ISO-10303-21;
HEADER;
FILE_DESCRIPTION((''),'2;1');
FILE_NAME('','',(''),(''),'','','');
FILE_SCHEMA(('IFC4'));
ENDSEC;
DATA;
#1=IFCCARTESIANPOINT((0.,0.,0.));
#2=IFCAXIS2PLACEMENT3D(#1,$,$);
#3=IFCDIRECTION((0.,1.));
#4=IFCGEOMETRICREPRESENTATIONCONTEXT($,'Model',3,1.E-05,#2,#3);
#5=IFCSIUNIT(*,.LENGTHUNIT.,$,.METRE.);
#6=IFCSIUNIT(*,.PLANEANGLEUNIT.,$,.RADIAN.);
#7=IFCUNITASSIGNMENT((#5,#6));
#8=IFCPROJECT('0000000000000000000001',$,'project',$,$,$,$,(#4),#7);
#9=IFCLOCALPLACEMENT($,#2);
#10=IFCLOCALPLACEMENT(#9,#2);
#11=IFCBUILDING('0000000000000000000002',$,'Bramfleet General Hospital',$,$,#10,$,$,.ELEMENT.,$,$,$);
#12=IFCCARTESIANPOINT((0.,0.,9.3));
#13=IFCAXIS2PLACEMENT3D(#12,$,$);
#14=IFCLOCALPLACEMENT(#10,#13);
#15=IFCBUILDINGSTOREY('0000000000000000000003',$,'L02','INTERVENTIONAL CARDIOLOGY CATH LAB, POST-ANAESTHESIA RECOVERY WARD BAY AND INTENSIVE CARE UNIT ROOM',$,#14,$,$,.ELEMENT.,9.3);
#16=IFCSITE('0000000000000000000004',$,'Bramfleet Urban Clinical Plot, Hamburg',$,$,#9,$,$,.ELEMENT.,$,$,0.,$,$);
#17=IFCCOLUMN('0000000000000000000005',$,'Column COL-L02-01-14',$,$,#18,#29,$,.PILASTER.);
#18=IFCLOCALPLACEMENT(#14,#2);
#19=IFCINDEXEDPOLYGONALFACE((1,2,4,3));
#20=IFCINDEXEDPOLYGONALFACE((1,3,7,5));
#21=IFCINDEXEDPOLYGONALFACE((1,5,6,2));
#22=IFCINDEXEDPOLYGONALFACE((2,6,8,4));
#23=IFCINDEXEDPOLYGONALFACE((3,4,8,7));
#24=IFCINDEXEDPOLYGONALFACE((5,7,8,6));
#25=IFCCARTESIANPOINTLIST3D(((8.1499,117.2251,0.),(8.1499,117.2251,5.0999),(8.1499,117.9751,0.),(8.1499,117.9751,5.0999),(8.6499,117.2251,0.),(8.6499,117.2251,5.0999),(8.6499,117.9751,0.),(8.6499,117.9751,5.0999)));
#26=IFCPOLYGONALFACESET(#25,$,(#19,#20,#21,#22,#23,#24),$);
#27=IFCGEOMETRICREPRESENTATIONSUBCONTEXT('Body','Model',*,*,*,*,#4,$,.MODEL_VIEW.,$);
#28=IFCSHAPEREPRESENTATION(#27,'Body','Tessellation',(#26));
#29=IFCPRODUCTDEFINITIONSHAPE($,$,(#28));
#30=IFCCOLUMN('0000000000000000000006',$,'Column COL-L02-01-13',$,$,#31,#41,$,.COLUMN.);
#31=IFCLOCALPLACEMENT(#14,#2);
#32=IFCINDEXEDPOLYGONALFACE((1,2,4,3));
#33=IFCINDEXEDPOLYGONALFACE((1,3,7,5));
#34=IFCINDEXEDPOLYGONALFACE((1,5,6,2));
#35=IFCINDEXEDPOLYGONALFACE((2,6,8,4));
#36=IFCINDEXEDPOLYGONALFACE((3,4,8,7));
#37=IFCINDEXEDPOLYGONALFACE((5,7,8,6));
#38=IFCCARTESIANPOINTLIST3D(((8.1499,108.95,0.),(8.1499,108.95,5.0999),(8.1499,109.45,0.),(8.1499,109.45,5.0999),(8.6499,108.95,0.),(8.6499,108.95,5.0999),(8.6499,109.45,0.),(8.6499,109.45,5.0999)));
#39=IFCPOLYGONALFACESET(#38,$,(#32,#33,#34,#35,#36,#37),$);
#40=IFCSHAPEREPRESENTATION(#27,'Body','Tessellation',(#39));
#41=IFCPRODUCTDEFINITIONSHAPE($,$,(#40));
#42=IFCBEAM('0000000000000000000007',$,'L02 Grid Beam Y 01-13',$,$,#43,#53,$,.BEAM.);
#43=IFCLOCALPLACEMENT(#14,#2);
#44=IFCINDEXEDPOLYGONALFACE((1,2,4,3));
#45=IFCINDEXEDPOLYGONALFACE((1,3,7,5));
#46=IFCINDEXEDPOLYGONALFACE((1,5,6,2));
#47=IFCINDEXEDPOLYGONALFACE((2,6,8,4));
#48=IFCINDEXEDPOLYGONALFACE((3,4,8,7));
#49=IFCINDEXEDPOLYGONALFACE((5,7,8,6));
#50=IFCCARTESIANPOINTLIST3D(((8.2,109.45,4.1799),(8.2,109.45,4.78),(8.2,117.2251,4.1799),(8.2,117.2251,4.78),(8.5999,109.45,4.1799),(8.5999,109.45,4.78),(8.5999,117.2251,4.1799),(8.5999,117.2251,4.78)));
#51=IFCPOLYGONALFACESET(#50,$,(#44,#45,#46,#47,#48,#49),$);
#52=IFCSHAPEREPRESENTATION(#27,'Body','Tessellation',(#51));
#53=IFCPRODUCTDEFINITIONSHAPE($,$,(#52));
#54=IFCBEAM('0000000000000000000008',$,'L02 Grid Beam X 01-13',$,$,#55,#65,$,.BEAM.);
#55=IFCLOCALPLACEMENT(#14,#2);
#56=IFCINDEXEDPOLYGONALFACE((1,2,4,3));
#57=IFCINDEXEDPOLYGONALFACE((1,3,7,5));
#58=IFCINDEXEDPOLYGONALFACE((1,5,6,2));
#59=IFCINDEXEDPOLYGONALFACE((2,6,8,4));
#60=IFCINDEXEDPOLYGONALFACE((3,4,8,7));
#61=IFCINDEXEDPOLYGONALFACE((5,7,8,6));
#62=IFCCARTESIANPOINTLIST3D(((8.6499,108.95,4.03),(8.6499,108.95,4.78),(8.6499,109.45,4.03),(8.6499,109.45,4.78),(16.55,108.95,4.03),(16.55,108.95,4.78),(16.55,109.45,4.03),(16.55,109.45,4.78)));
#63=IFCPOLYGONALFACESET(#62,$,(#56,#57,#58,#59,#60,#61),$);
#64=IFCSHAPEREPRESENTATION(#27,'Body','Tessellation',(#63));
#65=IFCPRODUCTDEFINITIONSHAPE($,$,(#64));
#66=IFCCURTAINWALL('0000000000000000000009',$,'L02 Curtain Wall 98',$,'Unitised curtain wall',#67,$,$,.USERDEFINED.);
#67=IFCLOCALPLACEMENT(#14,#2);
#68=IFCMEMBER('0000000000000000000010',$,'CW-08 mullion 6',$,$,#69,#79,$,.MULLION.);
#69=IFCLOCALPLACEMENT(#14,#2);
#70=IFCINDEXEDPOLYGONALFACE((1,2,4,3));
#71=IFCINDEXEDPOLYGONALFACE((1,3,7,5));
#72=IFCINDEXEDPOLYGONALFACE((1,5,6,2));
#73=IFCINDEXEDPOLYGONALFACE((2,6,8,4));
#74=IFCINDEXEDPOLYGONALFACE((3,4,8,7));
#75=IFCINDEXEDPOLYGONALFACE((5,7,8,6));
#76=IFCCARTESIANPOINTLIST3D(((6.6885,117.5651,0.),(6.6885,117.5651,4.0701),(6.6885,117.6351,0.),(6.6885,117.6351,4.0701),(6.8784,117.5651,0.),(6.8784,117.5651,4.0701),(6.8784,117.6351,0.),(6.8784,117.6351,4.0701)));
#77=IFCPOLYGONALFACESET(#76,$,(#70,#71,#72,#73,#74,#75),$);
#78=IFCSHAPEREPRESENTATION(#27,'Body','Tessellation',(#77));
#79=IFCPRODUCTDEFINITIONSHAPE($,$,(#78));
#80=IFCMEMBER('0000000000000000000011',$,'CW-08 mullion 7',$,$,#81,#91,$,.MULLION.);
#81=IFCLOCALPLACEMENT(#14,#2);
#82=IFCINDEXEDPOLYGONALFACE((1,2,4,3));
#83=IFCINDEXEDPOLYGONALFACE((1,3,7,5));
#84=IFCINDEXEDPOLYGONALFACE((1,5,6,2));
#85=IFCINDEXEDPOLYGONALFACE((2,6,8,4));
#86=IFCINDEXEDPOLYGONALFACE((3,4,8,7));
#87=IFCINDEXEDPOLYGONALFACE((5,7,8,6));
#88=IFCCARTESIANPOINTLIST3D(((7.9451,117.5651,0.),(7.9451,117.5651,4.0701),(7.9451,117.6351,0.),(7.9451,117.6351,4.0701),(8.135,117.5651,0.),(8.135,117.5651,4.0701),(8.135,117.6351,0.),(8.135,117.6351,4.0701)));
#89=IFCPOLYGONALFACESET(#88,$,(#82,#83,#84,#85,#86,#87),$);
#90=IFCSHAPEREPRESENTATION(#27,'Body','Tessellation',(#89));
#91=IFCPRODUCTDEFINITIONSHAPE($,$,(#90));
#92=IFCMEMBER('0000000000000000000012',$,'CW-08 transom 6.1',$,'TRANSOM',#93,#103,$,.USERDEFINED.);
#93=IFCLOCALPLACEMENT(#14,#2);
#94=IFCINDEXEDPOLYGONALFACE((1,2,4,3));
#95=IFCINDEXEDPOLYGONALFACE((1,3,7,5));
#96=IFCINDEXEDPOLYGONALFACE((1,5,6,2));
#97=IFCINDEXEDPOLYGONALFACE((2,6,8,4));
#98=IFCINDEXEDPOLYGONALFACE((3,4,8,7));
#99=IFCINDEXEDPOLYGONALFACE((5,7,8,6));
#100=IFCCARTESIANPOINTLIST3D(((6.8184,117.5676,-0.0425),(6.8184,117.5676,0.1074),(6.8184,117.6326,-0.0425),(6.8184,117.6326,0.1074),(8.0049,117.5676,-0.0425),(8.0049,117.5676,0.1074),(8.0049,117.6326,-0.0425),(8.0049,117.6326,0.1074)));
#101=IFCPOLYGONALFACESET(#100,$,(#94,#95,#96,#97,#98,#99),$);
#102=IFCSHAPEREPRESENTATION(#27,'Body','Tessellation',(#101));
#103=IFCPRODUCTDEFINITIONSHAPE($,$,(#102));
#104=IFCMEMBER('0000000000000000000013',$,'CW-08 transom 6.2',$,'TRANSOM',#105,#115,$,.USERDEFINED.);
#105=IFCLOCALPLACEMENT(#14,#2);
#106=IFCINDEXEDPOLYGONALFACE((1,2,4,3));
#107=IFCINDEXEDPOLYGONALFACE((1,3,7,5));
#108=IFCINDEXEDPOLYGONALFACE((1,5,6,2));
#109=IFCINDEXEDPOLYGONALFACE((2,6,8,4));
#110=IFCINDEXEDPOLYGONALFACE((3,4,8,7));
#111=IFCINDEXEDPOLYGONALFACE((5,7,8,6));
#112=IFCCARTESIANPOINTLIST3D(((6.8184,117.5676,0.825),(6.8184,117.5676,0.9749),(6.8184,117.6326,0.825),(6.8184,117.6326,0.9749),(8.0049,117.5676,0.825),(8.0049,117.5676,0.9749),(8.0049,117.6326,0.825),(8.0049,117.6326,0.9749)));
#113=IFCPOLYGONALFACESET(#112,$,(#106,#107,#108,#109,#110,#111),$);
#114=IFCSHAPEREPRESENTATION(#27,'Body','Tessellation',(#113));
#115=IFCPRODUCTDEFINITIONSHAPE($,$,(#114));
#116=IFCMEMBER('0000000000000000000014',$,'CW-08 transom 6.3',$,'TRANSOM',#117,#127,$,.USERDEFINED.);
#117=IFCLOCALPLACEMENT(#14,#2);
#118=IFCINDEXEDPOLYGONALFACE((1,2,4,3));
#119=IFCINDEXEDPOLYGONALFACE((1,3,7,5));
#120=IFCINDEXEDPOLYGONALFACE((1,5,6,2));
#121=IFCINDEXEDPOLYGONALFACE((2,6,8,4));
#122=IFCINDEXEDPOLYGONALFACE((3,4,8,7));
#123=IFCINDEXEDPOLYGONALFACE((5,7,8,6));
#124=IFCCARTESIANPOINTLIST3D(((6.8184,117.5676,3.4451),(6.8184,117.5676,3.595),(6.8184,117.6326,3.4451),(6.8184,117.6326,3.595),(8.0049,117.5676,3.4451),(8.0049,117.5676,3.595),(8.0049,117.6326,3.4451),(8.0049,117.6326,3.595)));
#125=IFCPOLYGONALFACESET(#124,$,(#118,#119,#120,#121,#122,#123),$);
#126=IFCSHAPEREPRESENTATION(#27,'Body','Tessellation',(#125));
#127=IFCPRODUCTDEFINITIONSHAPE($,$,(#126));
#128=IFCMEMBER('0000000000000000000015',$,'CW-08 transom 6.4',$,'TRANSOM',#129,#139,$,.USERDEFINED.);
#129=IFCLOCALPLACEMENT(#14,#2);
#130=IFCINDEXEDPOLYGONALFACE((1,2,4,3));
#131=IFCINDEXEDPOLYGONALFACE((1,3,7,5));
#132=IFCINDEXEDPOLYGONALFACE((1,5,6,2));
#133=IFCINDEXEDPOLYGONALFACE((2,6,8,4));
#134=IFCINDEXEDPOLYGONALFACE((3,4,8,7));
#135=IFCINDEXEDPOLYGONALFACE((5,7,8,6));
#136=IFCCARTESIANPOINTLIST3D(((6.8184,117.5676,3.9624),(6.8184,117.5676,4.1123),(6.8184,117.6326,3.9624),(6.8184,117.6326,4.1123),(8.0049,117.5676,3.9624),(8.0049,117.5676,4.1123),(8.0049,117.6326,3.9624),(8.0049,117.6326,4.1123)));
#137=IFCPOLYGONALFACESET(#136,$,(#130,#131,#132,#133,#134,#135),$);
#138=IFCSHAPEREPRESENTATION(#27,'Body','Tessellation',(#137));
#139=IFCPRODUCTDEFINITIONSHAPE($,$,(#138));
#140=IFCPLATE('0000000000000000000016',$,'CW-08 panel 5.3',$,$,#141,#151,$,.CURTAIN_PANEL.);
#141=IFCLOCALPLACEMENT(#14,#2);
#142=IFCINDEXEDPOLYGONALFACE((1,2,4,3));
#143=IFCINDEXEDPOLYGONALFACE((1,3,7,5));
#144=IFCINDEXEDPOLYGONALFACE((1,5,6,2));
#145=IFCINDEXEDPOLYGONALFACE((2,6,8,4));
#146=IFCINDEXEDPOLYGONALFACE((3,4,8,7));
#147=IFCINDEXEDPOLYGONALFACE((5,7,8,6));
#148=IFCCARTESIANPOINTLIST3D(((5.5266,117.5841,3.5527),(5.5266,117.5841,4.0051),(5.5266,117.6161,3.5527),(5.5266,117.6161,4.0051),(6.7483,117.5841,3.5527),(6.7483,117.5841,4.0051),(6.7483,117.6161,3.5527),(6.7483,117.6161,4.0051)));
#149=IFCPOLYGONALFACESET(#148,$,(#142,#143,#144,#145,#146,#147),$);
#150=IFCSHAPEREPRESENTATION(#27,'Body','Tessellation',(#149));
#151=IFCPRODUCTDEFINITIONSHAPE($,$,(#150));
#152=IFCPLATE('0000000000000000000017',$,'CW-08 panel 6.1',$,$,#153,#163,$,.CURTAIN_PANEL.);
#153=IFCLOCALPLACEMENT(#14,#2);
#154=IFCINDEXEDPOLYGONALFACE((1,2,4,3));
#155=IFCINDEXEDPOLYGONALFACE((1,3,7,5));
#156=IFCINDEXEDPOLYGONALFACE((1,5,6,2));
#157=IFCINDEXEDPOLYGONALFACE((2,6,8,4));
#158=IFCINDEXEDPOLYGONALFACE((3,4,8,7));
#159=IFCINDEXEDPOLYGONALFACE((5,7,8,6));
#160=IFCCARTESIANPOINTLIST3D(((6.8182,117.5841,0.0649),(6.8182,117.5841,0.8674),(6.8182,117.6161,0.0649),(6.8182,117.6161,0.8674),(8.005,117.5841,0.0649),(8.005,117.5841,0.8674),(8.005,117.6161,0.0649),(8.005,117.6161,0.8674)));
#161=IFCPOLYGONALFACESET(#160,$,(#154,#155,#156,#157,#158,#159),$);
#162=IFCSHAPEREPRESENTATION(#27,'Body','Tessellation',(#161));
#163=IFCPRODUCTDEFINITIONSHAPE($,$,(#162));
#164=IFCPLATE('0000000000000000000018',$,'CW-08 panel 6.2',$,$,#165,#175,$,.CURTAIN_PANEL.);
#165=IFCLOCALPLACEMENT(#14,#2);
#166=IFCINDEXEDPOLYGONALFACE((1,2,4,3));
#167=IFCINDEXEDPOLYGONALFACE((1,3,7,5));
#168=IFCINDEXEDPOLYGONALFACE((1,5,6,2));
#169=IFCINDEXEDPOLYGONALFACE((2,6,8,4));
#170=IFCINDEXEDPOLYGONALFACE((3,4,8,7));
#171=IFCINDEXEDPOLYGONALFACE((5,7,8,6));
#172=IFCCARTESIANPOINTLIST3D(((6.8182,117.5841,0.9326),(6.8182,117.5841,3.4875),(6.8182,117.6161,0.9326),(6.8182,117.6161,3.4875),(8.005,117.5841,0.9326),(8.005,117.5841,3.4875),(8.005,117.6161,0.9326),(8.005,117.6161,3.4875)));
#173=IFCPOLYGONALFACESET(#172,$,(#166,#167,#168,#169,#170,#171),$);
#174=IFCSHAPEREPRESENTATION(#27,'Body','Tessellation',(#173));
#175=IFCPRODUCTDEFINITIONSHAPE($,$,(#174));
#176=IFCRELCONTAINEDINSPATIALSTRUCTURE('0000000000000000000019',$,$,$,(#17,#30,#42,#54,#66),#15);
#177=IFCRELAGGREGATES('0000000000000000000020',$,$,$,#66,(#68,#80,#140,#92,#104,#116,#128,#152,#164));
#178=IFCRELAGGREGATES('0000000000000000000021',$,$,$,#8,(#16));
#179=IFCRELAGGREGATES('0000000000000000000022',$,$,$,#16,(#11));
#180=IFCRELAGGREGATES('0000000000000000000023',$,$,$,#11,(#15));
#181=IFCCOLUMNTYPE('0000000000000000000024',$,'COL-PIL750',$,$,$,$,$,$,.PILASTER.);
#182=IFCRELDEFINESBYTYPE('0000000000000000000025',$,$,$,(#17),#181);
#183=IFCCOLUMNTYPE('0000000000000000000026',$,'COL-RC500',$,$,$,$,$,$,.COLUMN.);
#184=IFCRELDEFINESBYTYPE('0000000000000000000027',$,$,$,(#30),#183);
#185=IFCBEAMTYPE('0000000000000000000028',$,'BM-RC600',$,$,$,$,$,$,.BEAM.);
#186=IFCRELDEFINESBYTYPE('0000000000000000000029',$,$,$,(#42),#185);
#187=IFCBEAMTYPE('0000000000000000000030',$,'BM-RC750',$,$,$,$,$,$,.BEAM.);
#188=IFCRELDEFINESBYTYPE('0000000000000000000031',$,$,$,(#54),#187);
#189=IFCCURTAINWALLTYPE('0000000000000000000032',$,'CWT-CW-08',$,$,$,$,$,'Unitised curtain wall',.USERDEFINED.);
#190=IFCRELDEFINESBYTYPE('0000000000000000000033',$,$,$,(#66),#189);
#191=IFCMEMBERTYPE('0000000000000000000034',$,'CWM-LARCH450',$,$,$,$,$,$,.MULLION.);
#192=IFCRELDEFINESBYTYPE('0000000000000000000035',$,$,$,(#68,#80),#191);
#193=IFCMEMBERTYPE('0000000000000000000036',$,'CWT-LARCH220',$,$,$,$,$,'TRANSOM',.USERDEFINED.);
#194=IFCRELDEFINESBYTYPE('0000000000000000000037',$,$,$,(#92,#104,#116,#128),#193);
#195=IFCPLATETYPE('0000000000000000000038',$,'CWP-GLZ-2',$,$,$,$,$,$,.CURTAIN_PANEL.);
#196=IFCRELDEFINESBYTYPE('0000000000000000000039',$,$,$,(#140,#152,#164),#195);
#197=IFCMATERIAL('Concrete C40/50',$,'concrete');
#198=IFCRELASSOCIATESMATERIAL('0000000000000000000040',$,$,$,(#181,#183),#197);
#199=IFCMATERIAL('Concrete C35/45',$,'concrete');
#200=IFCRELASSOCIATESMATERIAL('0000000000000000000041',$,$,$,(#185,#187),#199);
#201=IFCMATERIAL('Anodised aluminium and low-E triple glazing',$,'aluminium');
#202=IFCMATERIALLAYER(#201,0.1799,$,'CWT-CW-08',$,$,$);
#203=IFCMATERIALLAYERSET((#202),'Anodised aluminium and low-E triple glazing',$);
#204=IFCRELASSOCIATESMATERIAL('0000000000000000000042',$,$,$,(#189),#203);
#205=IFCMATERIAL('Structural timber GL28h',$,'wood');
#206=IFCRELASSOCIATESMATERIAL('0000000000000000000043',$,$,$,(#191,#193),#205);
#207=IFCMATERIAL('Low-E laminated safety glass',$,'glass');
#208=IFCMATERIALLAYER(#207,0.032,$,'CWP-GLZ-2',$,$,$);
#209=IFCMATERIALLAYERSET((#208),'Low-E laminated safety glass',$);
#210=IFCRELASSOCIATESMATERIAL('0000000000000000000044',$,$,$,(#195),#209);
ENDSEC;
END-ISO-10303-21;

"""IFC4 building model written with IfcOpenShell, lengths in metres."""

from ifc_helpers import new_model, si_unit, direction, frame, origin, origin_2d, place, context, subcontext, project, spatial, rectangle, extrude, material, layer, layer_set, material_profile, profile_set, type_object, element, aggregate, save


model = new_model("IFC4")

# Units and contexts
model_context = context("Model", 3, precision=1e-05, world=origin(), true_north=direction((0.0, 1.0)))
body_context = subcontext(model_context, "Body", "Model", "MODEL_VIEW")
ifc_project = project(units=[si_unit("LENGTHUNIT", "METRE"), si_unit("PLANEANGLEUNIT", "RADIAN")], contexts=[model_context])

# Site, building, storey
site_placement = place(None, origin())
site = spatial("IfcSite", under=ifc_project, at=site_placement, Name="Bramfleet Urban Clinical Plot, Hamburg", CompositionType="ELEMENT", RefElevation=0.0)
building_placement = place(site_placement, origin())
building = spatial("IfcBuilding", under=site, at=building_placement, Name="Bramfleet General Hospital", CompositionType="ELEMENT")
storey_placement = place(building_placement, frame((0.0, 0.0, 9.3)))
storey = spatial("IfcBuildingStorey", under=building, at=storey_placement, Name="L02", Description="INTERVENTIONAL CARDIOLOGY CATH LAB, POST-ANAESTHESIA RECOVERY WARD BAY AND INTENSIVE CARE UNIT ROOM", CompositionType="ELEMENT", Elevation=9.3)

# Columns
ifc_material_1 = material(Name="Concrete C40/50", Category="concrete")
ifc_material_profile_1 = material_profile(ifc_material_1, rectangle(XDim=0.5, YDim=0.75, at=origin_2d()), Name="RC PIL 750x500")
ifc_profile_set_1 = profile_set([ifc_material_profile_1], Name="Concrete C40/50")
column_type_1 = type_object("IfcColumnType", Name="COL-PIL750", PredefinedType="PILASTER", material=ifc_profile_set_1)
column_1_placement = place(storey_placement, frame((8.3999, 117.6001, 0.0), z_axis=(0.0, 0.0, 1.0), x_axis=(1.0, 0.0, 0.0)))
element("IfcColumn", 1, at=column_1_placement, inside=storey, type_object=column_type_1, Name="Column COL-L02-01-14", PredefinedType="PILASTER", context=body_context, shape_type="SweptSolid", body=[
    extrude(rectangle(XDim=0.5, YDim=0.75, at=origin_2d()), origin(), (0.0, 0.0, 1.0), 5.0999),
])
ifc_material_profile_2 = material_profile(ifc_material_1, rectangle(XDim=0.5, YDim=0.5, at=origin_2d()), Name="RC COL 500x500")
ifc_profile_set_2 = profile_set([ifc_material_profile_2], Name="Concrete C40/50")
column_type_2 = type_object("IfcColumnType", Name="COL-RC500", PredefinedType="COLUMN", material=ifc_profile_set_2)
column_2_placement = place(storey_placement, frame((8.3999, 109.2, 0.0), z_axis=(0.0, 0.0, 1.0), x_axis=(1.0, 0.0, 0.0)))
element("IfcColumn", 2, at=column_2_placement, inside=storey, type_object=column_type_2, Name="Column COL-L02-01-13", PredefinedType="COLUMN", context=body_context, shape_type="SweptSolid", body=[
    extrude(rectangle(XDim=0.5, YDim=0.5, at=origin_2d()), origin(), (0.0, 0.0, 1.0), 5.0999),
])

# Beams
ifc_material_2 = material(Name="Concrete C35/45", Category="concrete")
ifc_material_profile_3 = material_profile(ifc_material_2, rectangle(XDim=0.3999, YDim=0.6001, at=origin_2d()), Name="RC BM 600x400")
ifc_profile_set_3 = profile_set([ifc_material_profile_3], Name="Concrete C35/45")
beam_type_1 = type_object("IfcBeamType", Name="BM-RC600", PredefinedType="BEAM", material=ifc_profile_set_3)
beam_1_placement = place(storey_placement, frame((8.3999, 109.45, 4.48), z_axis=(0.0, 1.0, 0.0), x_axis=(-1.0, 0.0, 0.0)))
element("IfcBeam", 3, at=beam_1_placement, inside=storey, type_object=beam_type_1, Name="L02 Grid Beam Y 01-13", PredefinedType="BEAM", context=body_context, shape_type="SweptSolid", body=[
    extrude(rectangle(XDim=0.3999, YDim=0.6001, at=origin_2d()), origin(), (0.0, 0.0, 1.0), 7.7751),
])
ifc_material_profile_4 = material_profile(ifc_material_2, rectangle(XDim=0.5, YDim=0.75, at=origin_2d()), Name="RC BM 750x500")
ifc_profile_set_4 = profile_set([ifc_material_profile_4], Name="Concrete C35/45")
beam_type_2 = type_object("IfcBeamType", Name="BM-RC750", PredefinedType="BEAM", material=ifc_profile_set_4)
beam_2_placement = place(storey_placement, frame((8.6499, 109.2, 4.405), z_axis=(1.0, 0.0, 0.0), x_axis=(0.0, 1.0, 0.0)))
element("IfcBeam", 4, at=beam_2_placement, inside=storey, type_object=beam_type_2, Name="L02 Grid Beam X 01-13", PredefinedType="BEAM", context=body_context, shape_type="SweptSolid", body=[
    extrude(rectangle(XDim=0.5, YDim=0.75, at=origin_2d()), origin(), (0.0, 0.0, 1.0), 7.9001),
])

# Curtain wall, members, plates
ifc_material_3 = material(Name="Anodised aluminium and low-E triple glazing", Category="aluminium")
ifc_layer_1 = layer(ifc_material_3, 0.1799, Name="CWT-CW-08")
ifc_layer_set_1 = layer_set([ifc_layer_1], Name="Anodised aluminium and low-E triple glazing")
curtain_wall_type = type_object("IfcCurtainWallType", Name="CWT-CW-08", ElementType="Unitised curtain wall", PredefinedType="USERDEFINED", material=ifc_layer_set_1)
curtain_wall_placement = place(storey_placement, origin())
curtain_wall = element("IfcCurtainWall", 5, at=curtain_wall_placement, inside=storey, type_object=curtain_wall_type, Name="L02 Curtain Wall 98", ObjectType="Unitised curtain wall", PredefinedType="USERDEFINED")
ifc_material_4 = material(Name="Structural timber GL28h", Category="wood")
ifc_material_profile_5 = material_profile(ifc_material_4, rectangle(XDim=0.0701, YDim=0.1899, at=origin_2d()), Name="LARCH 190x70")
ifc_profile_set_5 = profile_set([ifc_material_profile_5], Name="Structural timber GL28h")
member_type_1 = type_object("IfcMemberType", Name="CWM-LARCH450", PredefinedType="MULLION", material=ifc_profile_set_5)
member_1_placement = place(storey_placement, frame((6.7834, 117.6001, 0.0), z_axis=(0.0, 0.0, 1.0), x_axis=(0.0, 1.0, 0.0)))
member_1 = element("IfcMember", 6, at=member_1_placement, type_object=member_type_1, Name="CW-08 mullion 6", PredefinedType="MULLION", context=body_context, shape_type="SweptSolid", body=[
    extrude(rectangle(XDim=0.0701, YDim=0.1899, at=origin_2d()), origin(), (0.0, 0.0, 1.0), 4.0701),
])
member_2_placement = place(storey_placement, frame((8.04, 117.6001, 0.0), z_axis=(0.0, 0.0, 1.0), x_axis=(0.0, 1.0, 0.0)))
member_2 = element("IfcMember", 7, at=member_2_placement, type_object=member_type_1, Name="CW-08 mullion 7", PredefinedType="MULLION", context=body_context, shape_type="SweptSolid", body=[
    extrude(rectangle(XDim=0.0701, YDim=0.1899, at=origin_2d()), origin(), (0.0, 0.0, 1.0), 4.0701),
])
ifc_material_profile_6 = material_profile(ifc_material_4, rectangle(XDim=0.0649, YDim=0.1499, at=origin_2d()), Name="LARCH 150x65")
ifc_profile_set_6 = profile_set([ifc_material_profile_6], Name="Structural timber GL28h")
member_type_2 = type_object("IfcMemberType", Name="CWT-LARCH220", ElementType="TRANSOM", PredefinedType="USERDEFINED", material=ifc_profile_set_6)
member_3_placement = place(storey_placement, frame((6.8184, 117.6001, 0.0325), z_axis=(1.0, 0.0, 0.0), x_axis=(0.0, 1.0, 0.0)))
member_3 = element("IfcMember", 8, at=member_3_placement, type_object=member_type_2, Name="CW-08 transom 6.1", ObjectType="TRANSOM", PredefinedType="USERDEFINED", context=body_context, shape_type="SweptSolid", body=[
    extrude(rectangle(XDim=0.0649, YDim=0.1499, at=origin_2d()), origin(), (0.0, 0.0, 1.0), 1.1865),
])
member_4_placement = place(storey_placement, frame((6.8184, 117.6001, 0.8999), z_axis=(1.0, 0.0, 0.0), x_axis=(0.0, 1.0, 0.0)))
member_4 = element("IfcMember", 9, at=member_4_placement, type_object=member_type_2, Name="CW-08 transom 6.2", ObjectType="TRANSOM", PredefinedType="USERDEFINED", context=body_context, shape_type="SweptSolid", body=[
    extrude(rectangle(XDim=0.0649, YDim=0.1499, at=origin_2d()), origin(), (0.0, 0.0, 1.0), 1.1865),
])
member_5_placement = place(storey_placement, frame((6.8184, 117.6001, 3.52), z_axis=(1.0, 0.0, 0.0), x_axis=(0.0, 1.0, 0.0)))
member_5 = element("IfcMember", 10, at=member_5_placement, type_object=member_type_2, Name="CW-08 transom 6.3", ObjectType="TRANSOM", PredefinedType="USERDEFINED", context=body_context, shape_type="SweptSolid", body=[
    extrude(rectangle(XDim=0.0649, YDim=0.1499, at=origin_2d()), origin(), (0.0, 0.0, 1.0), 1.1865),
])
member_6_placement = place(storey_placement, frame((6.8184, 117.6001, 4.0374), z_axis=(1.0, 0.0, 0.0), x_axis=(0.0, 1.0, 0.0)))
member_6 = element("IfcMember", 11, at=member_6_placement, type_object=member_type_2, Name="CW-08 transom 6.4", ObjectType="TRANSOM", PredefinedType="USERDEFINED", context=body_context, shape_type="SweptSolid", body=[
    extrude(rectangle(XDim=0.0649, YDim=0.1499, at=origin_2d()), origin(), (0.0, 0.0, 1.0), 1.1865),
])
ifc_material_5 = material(Name="Low-E laminated safety glass", Category="glass")
ifc_layer_2 = layer(ifc_material_5, 0.032, Name="CWP-GLZ-2")
ifc_layer_set_2 = layer_set([ifc_layer_2], Name="Low-E laminated safety glass")
plate_type = type_object("IfcPlateType", Name="CWP-GLZ-2", PredefinedType="CURTAIN_PANEL", material=ifc_layer_set_2)
plate_1_placement = place(storey_placement, frame((6.1375, 117.6001, 3.5527), z_axis=(0.0, 0.0, 1.0), x_axis=(1.0, 0.0, 0.0)))
plate_1 = element("IfcPlate", 12, at=plate_1_placement, type_object=plate_type, Name="CW-08 panel 5.3", PredefinedType="CURTAIN_PANEL", context=body_context, shape_type="SweptSolid", body=[
    extrude(rectangle(XDim=1.2217, YDim=0.032, at=origin_2d()), origin(), (0.0, 0.0, 1.0), 0.4524),
])
plate_2_placement = place(storey_placement, frame((7.4116, 117.6001, 0.0649), z_axis=(0.0, 0.0, 1.0), x_axis=(1.0, 0.0, 0.0)))
plate_2 = element("IfcPlate", 13, at=plate_2_placement, type_object=plate_type, Name="CW-08 panel 6.1", PredefinedType="CURTAIN_PANEL", context=body_context, shape_type="SweptSolid", body=[
    extrude(rectangle(XDim=1.1868, YDim=0.032, at=origin_2d()), origin(), (0.0, 0.0, 1.0), 0.8025),
])
plate_3_placement = place(storey_placement, frame((7.4116, 117.6001, 0.9326), z_axis=(0.0, 0.0, 1.0), x_axis=(1.0, 0.0, 0.0)))
plate_3 = element("IfcPlate", 14, at=plate_3_placement, type_object=plate_type, Name="CW-08 panel 6.2", PredefinedType="CURTAIN_PANEL", context=body_context, shape_type="SweptSolid", body=[
    extrude(rectangle(XDim=1.1868, YDim=0.032, at=origin_2d()), origin(), (0.0, 0.0, 1.0), 2.5549),
])
aggregate(curtain_wall, [member_1, member_2, plate_1, member_3, member_4, member_5, member_6, plate_2, plate_3])

save(model, "model.ifc")
